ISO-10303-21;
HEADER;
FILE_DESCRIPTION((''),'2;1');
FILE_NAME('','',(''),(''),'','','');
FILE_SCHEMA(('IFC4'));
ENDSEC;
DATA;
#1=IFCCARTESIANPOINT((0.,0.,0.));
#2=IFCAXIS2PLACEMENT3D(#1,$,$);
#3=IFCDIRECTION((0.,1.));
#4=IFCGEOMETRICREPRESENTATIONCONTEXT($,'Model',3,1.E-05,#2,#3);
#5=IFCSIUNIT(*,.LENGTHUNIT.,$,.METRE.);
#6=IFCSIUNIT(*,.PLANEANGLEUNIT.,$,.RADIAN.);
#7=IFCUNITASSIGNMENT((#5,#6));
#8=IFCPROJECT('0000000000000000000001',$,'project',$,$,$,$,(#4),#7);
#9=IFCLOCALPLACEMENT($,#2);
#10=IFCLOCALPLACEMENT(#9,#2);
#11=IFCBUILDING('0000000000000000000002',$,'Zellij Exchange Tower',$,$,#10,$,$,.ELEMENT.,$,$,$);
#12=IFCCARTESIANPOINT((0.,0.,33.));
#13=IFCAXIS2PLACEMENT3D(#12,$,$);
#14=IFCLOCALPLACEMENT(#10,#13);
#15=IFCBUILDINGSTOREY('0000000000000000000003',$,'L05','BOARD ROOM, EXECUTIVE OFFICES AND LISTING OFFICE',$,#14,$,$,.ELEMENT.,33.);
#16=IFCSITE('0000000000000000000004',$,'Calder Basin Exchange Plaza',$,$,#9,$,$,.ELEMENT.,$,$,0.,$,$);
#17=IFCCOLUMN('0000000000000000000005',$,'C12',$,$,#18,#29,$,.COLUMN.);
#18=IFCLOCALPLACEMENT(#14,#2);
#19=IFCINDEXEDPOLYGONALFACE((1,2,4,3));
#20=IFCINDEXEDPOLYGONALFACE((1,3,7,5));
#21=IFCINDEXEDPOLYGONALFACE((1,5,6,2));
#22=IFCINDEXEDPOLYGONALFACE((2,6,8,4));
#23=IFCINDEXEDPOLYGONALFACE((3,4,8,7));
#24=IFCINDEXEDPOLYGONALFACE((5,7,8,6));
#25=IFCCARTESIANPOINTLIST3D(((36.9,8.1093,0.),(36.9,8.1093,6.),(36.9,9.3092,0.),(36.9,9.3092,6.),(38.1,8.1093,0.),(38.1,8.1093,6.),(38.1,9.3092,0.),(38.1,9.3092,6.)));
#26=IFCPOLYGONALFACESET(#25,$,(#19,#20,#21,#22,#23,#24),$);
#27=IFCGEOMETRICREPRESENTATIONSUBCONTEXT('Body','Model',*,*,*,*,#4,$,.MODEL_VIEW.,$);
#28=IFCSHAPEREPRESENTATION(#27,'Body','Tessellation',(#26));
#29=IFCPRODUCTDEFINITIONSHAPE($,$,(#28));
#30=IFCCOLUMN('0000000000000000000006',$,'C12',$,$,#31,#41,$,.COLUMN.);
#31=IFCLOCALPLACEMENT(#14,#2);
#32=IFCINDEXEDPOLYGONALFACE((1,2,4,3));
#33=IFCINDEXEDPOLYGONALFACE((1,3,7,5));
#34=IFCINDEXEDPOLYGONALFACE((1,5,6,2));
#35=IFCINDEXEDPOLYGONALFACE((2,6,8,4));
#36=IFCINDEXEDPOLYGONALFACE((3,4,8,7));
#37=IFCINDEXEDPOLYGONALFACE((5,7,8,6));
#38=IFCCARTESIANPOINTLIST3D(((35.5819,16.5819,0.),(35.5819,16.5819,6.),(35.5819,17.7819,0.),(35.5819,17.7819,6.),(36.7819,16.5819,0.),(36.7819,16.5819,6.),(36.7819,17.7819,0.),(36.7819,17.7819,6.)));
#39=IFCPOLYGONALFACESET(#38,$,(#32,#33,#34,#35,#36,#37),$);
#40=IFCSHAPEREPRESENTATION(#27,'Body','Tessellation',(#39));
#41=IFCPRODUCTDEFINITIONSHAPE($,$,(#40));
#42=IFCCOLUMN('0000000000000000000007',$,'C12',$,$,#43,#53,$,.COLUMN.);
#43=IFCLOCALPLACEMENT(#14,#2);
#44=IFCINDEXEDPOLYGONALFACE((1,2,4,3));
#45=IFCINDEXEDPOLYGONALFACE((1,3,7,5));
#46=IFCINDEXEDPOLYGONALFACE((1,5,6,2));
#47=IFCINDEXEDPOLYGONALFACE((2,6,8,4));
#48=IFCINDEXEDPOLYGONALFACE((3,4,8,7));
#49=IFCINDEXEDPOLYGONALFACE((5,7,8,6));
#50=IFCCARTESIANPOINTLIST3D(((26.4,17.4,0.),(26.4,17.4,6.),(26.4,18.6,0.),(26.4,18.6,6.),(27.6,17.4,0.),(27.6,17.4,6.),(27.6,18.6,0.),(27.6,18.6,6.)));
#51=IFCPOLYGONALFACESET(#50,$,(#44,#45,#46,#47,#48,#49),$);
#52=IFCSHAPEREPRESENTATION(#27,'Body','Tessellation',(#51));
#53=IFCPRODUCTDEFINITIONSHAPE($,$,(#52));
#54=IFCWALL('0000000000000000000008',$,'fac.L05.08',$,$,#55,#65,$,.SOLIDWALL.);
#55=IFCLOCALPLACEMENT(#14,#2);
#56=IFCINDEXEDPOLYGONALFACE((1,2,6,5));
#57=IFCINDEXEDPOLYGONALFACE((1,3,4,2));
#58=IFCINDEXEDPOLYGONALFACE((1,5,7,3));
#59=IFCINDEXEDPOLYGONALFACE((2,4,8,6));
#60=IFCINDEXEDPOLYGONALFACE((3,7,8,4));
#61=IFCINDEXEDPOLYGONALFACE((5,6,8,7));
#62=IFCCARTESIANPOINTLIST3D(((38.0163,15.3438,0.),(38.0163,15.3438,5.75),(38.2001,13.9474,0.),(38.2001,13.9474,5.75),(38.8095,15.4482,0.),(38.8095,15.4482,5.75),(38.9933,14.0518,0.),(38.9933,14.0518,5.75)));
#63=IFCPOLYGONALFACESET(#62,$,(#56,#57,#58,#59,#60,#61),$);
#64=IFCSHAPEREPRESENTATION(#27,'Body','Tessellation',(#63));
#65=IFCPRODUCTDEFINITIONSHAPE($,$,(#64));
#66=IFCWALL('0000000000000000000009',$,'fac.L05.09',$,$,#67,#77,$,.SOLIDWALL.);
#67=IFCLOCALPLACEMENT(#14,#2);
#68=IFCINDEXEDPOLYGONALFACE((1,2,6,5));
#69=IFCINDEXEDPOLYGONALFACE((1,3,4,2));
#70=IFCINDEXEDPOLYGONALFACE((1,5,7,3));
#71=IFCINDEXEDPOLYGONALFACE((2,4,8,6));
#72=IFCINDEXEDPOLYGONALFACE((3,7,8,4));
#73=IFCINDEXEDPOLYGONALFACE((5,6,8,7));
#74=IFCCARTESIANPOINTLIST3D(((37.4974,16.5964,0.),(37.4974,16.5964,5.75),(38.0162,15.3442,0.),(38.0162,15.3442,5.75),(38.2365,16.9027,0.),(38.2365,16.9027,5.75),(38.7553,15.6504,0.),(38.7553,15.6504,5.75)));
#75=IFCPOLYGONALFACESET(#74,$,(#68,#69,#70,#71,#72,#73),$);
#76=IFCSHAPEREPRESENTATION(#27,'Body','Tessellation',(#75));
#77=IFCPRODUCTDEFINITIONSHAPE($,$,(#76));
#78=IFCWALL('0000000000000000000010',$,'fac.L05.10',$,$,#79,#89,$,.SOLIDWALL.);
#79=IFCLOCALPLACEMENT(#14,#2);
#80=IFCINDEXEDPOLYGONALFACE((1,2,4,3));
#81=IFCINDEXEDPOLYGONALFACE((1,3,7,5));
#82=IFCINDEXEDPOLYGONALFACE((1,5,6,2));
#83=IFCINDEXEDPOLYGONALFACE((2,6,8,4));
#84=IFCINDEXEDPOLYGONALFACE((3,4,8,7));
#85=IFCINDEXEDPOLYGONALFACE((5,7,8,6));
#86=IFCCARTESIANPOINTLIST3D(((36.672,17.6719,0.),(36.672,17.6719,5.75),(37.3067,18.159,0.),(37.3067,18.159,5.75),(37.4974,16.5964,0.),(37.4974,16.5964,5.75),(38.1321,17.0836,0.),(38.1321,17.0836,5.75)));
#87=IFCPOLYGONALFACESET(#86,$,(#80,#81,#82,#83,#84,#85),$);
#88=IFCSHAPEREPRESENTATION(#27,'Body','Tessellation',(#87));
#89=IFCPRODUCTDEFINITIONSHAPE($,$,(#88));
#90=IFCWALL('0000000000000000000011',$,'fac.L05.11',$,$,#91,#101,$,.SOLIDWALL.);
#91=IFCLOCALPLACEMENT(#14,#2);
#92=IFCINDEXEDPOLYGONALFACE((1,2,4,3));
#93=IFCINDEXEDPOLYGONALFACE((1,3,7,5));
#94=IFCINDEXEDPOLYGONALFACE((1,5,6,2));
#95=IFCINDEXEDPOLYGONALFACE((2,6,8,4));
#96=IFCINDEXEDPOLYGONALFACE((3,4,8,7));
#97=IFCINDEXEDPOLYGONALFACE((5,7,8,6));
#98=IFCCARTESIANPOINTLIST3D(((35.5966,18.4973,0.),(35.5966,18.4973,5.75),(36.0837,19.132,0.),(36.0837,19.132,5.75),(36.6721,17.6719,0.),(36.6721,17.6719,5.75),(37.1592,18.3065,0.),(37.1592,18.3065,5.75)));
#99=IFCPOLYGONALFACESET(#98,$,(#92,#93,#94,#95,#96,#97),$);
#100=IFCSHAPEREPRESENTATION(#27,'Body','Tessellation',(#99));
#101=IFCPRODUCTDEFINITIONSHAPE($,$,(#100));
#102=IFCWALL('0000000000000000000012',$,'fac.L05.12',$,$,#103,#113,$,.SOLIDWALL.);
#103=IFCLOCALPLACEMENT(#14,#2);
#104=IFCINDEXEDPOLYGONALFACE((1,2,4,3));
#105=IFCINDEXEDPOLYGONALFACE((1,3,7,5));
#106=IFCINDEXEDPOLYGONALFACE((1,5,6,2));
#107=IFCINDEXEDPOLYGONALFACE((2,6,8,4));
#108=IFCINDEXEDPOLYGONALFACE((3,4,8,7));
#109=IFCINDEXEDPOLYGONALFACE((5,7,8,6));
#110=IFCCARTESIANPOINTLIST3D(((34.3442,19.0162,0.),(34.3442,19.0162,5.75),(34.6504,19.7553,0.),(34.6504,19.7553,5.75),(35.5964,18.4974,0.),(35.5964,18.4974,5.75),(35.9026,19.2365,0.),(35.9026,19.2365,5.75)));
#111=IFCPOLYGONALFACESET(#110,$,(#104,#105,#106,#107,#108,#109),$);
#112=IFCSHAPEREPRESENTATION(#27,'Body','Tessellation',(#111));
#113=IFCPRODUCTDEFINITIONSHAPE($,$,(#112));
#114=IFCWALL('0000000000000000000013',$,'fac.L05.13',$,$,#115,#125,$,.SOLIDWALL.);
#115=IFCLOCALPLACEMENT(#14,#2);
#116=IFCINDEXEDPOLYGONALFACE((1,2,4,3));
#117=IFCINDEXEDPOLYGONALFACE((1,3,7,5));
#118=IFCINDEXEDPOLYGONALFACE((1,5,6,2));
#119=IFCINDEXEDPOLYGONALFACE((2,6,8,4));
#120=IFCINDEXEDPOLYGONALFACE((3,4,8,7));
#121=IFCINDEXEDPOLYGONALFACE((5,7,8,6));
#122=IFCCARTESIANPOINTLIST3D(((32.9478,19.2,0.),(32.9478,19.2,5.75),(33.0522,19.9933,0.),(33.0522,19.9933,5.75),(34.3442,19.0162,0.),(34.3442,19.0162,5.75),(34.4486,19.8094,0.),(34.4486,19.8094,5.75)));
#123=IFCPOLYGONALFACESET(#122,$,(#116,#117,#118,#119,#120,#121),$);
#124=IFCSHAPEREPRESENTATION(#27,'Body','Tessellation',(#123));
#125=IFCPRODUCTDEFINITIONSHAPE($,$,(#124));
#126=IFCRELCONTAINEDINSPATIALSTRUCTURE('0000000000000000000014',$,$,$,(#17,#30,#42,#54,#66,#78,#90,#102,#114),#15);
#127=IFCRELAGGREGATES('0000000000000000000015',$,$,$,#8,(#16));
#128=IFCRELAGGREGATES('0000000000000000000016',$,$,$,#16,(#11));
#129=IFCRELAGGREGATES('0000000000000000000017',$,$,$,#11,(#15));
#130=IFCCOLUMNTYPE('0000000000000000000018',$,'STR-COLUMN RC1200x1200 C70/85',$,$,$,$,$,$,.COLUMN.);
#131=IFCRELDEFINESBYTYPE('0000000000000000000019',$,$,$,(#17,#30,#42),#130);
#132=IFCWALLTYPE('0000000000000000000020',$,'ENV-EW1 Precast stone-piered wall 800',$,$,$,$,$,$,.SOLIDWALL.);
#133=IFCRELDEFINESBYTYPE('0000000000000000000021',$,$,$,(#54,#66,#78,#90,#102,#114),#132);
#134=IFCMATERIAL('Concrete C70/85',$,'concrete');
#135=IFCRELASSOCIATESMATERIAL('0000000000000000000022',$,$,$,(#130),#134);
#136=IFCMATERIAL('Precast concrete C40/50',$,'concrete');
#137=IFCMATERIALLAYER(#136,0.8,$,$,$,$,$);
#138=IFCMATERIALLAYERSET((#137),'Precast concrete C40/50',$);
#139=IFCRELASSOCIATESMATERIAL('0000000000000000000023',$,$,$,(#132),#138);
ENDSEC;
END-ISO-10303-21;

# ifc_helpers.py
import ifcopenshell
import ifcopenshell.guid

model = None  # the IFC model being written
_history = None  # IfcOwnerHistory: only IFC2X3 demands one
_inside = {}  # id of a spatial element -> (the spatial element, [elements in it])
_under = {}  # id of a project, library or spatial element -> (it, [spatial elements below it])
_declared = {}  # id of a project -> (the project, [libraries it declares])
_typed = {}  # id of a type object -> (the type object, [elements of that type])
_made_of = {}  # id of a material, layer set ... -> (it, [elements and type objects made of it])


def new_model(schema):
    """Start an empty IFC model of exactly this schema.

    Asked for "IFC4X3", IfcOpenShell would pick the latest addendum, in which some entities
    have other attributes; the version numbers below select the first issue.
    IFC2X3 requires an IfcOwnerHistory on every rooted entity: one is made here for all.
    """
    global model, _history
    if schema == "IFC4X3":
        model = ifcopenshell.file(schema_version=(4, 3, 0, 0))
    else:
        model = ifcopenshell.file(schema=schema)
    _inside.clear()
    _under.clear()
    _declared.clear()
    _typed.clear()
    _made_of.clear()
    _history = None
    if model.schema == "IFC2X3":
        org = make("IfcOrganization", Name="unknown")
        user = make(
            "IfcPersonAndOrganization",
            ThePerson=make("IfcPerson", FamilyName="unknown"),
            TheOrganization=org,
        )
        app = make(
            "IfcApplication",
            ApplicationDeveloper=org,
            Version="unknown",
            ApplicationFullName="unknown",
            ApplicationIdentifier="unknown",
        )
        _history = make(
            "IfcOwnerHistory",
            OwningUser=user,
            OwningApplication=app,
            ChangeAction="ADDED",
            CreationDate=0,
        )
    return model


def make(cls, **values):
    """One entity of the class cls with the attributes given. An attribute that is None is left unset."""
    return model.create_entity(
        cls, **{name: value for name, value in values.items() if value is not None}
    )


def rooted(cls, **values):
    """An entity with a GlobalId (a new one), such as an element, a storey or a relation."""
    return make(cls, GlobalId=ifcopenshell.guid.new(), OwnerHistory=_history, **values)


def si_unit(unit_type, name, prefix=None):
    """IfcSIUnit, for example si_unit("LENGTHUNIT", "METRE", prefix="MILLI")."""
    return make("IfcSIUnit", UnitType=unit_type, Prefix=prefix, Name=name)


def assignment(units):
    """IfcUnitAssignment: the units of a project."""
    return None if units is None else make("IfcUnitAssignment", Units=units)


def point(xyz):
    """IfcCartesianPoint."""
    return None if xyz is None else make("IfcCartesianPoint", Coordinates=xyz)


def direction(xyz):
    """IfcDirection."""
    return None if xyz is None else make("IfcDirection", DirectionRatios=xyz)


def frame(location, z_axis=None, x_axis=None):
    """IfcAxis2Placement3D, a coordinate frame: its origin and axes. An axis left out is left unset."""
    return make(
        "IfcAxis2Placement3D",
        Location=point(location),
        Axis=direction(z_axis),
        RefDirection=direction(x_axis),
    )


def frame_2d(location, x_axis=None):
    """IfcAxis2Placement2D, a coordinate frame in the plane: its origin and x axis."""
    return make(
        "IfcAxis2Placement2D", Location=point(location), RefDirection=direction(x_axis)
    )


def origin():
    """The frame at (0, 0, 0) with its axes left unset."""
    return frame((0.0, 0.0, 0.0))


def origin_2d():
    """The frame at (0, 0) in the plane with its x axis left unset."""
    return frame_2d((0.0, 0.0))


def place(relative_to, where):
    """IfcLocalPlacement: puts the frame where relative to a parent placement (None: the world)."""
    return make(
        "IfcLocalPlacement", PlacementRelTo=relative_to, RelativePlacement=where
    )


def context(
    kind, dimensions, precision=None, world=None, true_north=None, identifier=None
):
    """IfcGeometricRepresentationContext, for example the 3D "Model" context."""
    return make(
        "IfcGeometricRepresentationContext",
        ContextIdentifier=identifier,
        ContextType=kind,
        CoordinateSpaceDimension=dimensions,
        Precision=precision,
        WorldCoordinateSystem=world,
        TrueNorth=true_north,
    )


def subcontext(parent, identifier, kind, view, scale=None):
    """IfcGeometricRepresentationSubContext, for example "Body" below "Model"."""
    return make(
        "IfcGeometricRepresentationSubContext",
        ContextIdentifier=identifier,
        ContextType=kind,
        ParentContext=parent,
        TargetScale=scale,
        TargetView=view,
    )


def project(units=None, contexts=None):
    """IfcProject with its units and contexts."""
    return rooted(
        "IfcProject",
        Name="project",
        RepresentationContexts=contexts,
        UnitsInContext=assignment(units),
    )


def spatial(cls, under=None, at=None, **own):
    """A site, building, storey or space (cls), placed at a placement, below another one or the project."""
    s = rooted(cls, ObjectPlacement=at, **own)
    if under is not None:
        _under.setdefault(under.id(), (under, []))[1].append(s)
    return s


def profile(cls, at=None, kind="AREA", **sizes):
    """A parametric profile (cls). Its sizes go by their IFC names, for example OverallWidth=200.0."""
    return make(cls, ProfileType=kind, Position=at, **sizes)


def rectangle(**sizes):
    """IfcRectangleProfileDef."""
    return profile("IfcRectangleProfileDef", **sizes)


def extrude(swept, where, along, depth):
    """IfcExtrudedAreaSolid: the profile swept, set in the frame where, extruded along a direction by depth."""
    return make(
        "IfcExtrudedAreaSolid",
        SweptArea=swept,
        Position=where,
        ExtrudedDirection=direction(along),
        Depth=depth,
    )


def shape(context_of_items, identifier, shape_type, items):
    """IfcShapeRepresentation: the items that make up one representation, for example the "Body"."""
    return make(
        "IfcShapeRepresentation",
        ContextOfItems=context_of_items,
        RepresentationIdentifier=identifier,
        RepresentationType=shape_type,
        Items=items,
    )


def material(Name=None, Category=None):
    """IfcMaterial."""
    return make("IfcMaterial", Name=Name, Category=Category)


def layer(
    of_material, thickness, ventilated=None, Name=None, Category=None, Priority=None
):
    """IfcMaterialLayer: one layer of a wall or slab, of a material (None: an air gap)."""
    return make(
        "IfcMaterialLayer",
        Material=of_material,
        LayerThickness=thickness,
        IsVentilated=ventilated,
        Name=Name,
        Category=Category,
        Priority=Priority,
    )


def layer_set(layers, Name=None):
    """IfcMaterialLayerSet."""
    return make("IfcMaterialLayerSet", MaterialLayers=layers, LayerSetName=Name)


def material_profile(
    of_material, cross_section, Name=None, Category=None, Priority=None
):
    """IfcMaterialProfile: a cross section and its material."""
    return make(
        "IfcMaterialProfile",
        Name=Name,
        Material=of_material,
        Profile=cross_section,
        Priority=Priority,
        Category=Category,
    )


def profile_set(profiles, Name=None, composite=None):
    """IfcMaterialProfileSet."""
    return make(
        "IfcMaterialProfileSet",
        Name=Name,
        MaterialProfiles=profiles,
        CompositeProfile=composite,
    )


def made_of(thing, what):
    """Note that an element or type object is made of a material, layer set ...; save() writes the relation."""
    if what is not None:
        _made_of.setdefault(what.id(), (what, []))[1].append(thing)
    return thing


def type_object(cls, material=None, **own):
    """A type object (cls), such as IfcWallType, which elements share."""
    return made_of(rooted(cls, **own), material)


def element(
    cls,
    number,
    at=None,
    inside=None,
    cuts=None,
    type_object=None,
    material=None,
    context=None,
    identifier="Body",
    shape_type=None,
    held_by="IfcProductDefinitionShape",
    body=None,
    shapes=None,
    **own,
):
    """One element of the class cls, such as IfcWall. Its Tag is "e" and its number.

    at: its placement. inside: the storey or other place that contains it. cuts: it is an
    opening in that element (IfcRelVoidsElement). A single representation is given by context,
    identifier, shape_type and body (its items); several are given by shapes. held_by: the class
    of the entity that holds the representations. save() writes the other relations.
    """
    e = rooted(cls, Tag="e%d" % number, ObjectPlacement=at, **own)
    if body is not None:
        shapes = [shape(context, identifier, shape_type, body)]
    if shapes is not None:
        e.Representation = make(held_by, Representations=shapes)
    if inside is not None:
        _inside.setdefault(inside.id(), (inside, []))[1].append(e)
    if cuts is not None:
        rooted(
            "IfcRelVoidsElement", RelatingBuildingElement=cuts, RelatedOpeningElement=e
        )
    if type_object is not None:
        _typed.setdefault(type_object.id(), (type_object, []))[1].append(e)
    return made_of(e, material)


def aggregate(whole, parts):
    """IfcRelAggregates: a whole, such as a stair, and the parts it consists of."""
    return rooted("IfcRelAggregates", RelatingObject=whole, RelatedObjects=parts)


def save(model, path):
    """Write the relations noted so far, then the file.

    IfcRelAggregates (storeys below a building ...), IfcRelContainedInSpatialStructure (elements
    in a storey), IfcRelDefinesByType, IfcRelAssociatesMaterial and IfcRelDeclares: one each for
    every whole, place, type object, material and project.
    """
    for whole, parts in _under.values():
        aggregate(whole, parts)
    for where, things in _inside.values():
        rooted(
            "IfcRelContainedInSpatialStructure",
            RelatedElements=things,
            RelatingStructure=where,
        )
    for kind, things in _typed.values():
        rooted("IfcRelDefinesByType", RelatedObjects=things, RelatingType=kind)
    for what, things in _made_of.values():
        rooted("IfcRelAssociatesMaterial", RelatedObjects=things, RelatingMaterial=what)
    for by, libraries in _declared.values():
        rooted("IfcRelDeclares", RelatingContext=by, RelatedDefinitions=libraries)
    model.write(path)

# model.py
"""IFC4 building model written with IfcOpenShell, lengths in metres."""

from ifc_helpers import new_model, si_unit, direction, frame, frame_2d, origin, origin_2d, place, context, subcontext, project, spatial, rectangle, extrude, material, layer, layer_set, material_profile, profile_set, type_object, element, save


model = new_model("IFC4")

# Units and contexts
model_context = context("Model", 3, precision=1e-05, world=origin(), true_north=direction((0.0, 1.0)))
body_context = subcontext(model_context, "Body", "Model", "MODEL_VIEW")
ifc_project = project(units=[si_unit("LENGTHUNIT", "METRE"), si_unit("PLANEANGLEUNIT", "RADIAN")], contexts=[model_context])

# Site, building, storey
site_placement = place(None, origin())
site = spatial("IfcSite", under=ifc_project, at=site_placement, Name="Calder Basin Exchange Plaza", CompositionType="ELEMENT", RefElevation=0.0)
building_placement = place(site_placement, origin())
building = spatial("IfcBuilding", under=site, at=building_placement, Name="Zellij Exchange Tower", CompositionType="ELEMENT")
storey_placement = place(building_placement, frame((0.0, 0.0, 33.0)))
storey = spatial("IfcBuildingStorey", under=building, at=storey_placement, Name="L05", Description="BOARD ROOM, EXECUTIVE OFFICES AND LISTING OFFICE", CompositionType="ELEMENT", Elevation=33.0)

# Columns
ifc_material_1 = material(Name="Concrete C70/85", Category="concrete")
ifc_material_profile = material_profile(ifc_material_1, rectangle(XDim=1.2, YDim=1.2, at=origin_2d()), Name="STR-COLUMN RC1200x1200 C70/85")
ifc_profile_set = profile_set([ifc_material_profile], Name="Concrete C70/85")
column_type = type_object("IfcColumnType", Name="STR-COLUMN RC1200x1200 C70/85", PredefinedType="COLUMN", material=ifc_profile_set)
for number, where, z_axis, x_axis, name in (
    (1, (37.5, 8.7092, 0.0), (0.0, 0.0, 1.0), (1.0, 0.0, 0.0), "C12"),
    (2, (36.1819, 17.1819, 0.0), (0.0, 0.0, 1.0), (1.0, 0.0, 0.0), "C12"),
    (3, (27.0, 18.0, 0.0), (0.0, 0.0, 1.0), (1.0, 0.0, 0.0), "C12"),
):
    element("IfcColumn", number, at=place(storey_placement, frame(where, z_axis=z_axis, x_axis=x_axis)), inside=storey, type_object=column_type, Name=name, PredefinedType="COLUMN", context=body_context, shape_type="SweptSolid", body=[
        extrude(rectangle(XDim=1.2, YDim=1.2, at=origin_2d()), origin(), (0.0, 0.0, 1.0), 6.0),
    ])

# Walls
ifc_material_2 = material(Name="Precast concrete C40/50", Category="concrete")
ifc_layer_1 = layer(ifc_material_2, 0.8)
ifc_layer_set_1 = layer_set([ifc_layer_1], Name="Precast concrete C40/50")
wall_type_1 = type_object("IfcWallType", Name="ENV-EW1 Precast stone-piered wall 800", PredefinedType="SOLIDWALL", material=ifc_layer_set_1)
wall_1_placement = place(storey_placement, frame((38.5967, 13.9998, 0.0), z_axis=(0.0, 0.0, 1.0), x_axis=(-0.130517, 0.991446, 0.0)))
element("IfcWall", 4, at=wall_1_placement, inside=storey, type_object=wall_type_1, Name="fac.L05.08", PredefinedType="SOLIDWALL", context=body_context, shape_type="SweptSolid", body=[
    extrude(rectangle(XDim=1.4084, YDim=0.8, at=frame_2d((0.7041, 0.0))), origin(), (0.0, 0.0, 1.0), 5.75),
])
wall_2_placement = place(storey_placement, frame((38.3857, 15.4973, 0.0), z_axis=(0.0, 0.0, 1.0), x_axis=(-0.38276, 0.923848, 0.0)))
element("IfcWall", 5, at=wall_2_placement, inside=storey, type_object=wall_type_1, Name="fac.L05.09", PredefinedType="SOLIDWALL", context=body_context, shape_type="SweptSolid", body=[
    extrude(rectangle(XDim=1.3555, YDim=0.8, at=frame_2d((0.6777, 0.0))), origin(), (0.0, 0.0, 1.0), 5.75),
])
for number, where, z_axis, x_axis, name in (
    (6, (37.8147, 16.8401, 0.0), (0.0, 0.0, 1.0), (-0.608866, 0.793273, 0.0), "fac.L05.10"),
    (7, (36.9155, 17.9893, 0.0), (0.0, 0.0, 1.0), (-0.793273, 0.608866, 0.0), "fac.L05.11"),
):
    element("IfcWall", number, at=place(storey_placement, frame(where, z_axis=z_axis, x_axis=x_axis)), inside=storey, type_object=wall_type_1, Name=name, PredefinedType="SOLIDWALL", context=body_context, shape_type="SweptSolid", body=[
        extrude(rectangle(XDim=1.3557, YDim=0.8, at=frame_2d((0.6777, 0.0))), origin(), (0.0, 0.0, 1.0), 5.75),
    ])
wall_3_placement = place(storey_placement, frame((35.7495, 18.8669, 0.0), z_axis=(0.0, 0.0, 1.0), x_axis=(-0.923848, 0.38276, 0.0)))
element("IfcWall", 8, at=wall_3_placement, inside=storey, type_object=wall_type_1, Name="fac.L05.12", PredefinedType="SOLIDWALL", context=body_context, shape_type="SweptSolid", body=[
    extrude(rectangle(XDim=1.3555, YDim=0.8, at=frame_2d((0.6777, 0.0))), origin(), (0.0, 0.0, 1.0), 5.75),
])
wall_4_placement = place(storey_placement, frame((34.3962, 19.4128, 0.0), z_axis=(0.0, 0.0, 1.0), x_axis=(-0.991446, 0.130517, 0.0)))
element("IfcWall", 9, at=wall_4_placement, inside=storey, type_object=wall_type_1, Name="fac.L05.13", PredefinedType="SOLIDWALL", context=body_context, shape_type="SweptSolid", body=[
    extrude(rectangle(XDim=1.4084, YDim=0.8, at=frame_2d((0.7041, 0.0))), origin(), (0.0, 0.0, 1.0), 5.75),
])

save(model, "model.ifc")
